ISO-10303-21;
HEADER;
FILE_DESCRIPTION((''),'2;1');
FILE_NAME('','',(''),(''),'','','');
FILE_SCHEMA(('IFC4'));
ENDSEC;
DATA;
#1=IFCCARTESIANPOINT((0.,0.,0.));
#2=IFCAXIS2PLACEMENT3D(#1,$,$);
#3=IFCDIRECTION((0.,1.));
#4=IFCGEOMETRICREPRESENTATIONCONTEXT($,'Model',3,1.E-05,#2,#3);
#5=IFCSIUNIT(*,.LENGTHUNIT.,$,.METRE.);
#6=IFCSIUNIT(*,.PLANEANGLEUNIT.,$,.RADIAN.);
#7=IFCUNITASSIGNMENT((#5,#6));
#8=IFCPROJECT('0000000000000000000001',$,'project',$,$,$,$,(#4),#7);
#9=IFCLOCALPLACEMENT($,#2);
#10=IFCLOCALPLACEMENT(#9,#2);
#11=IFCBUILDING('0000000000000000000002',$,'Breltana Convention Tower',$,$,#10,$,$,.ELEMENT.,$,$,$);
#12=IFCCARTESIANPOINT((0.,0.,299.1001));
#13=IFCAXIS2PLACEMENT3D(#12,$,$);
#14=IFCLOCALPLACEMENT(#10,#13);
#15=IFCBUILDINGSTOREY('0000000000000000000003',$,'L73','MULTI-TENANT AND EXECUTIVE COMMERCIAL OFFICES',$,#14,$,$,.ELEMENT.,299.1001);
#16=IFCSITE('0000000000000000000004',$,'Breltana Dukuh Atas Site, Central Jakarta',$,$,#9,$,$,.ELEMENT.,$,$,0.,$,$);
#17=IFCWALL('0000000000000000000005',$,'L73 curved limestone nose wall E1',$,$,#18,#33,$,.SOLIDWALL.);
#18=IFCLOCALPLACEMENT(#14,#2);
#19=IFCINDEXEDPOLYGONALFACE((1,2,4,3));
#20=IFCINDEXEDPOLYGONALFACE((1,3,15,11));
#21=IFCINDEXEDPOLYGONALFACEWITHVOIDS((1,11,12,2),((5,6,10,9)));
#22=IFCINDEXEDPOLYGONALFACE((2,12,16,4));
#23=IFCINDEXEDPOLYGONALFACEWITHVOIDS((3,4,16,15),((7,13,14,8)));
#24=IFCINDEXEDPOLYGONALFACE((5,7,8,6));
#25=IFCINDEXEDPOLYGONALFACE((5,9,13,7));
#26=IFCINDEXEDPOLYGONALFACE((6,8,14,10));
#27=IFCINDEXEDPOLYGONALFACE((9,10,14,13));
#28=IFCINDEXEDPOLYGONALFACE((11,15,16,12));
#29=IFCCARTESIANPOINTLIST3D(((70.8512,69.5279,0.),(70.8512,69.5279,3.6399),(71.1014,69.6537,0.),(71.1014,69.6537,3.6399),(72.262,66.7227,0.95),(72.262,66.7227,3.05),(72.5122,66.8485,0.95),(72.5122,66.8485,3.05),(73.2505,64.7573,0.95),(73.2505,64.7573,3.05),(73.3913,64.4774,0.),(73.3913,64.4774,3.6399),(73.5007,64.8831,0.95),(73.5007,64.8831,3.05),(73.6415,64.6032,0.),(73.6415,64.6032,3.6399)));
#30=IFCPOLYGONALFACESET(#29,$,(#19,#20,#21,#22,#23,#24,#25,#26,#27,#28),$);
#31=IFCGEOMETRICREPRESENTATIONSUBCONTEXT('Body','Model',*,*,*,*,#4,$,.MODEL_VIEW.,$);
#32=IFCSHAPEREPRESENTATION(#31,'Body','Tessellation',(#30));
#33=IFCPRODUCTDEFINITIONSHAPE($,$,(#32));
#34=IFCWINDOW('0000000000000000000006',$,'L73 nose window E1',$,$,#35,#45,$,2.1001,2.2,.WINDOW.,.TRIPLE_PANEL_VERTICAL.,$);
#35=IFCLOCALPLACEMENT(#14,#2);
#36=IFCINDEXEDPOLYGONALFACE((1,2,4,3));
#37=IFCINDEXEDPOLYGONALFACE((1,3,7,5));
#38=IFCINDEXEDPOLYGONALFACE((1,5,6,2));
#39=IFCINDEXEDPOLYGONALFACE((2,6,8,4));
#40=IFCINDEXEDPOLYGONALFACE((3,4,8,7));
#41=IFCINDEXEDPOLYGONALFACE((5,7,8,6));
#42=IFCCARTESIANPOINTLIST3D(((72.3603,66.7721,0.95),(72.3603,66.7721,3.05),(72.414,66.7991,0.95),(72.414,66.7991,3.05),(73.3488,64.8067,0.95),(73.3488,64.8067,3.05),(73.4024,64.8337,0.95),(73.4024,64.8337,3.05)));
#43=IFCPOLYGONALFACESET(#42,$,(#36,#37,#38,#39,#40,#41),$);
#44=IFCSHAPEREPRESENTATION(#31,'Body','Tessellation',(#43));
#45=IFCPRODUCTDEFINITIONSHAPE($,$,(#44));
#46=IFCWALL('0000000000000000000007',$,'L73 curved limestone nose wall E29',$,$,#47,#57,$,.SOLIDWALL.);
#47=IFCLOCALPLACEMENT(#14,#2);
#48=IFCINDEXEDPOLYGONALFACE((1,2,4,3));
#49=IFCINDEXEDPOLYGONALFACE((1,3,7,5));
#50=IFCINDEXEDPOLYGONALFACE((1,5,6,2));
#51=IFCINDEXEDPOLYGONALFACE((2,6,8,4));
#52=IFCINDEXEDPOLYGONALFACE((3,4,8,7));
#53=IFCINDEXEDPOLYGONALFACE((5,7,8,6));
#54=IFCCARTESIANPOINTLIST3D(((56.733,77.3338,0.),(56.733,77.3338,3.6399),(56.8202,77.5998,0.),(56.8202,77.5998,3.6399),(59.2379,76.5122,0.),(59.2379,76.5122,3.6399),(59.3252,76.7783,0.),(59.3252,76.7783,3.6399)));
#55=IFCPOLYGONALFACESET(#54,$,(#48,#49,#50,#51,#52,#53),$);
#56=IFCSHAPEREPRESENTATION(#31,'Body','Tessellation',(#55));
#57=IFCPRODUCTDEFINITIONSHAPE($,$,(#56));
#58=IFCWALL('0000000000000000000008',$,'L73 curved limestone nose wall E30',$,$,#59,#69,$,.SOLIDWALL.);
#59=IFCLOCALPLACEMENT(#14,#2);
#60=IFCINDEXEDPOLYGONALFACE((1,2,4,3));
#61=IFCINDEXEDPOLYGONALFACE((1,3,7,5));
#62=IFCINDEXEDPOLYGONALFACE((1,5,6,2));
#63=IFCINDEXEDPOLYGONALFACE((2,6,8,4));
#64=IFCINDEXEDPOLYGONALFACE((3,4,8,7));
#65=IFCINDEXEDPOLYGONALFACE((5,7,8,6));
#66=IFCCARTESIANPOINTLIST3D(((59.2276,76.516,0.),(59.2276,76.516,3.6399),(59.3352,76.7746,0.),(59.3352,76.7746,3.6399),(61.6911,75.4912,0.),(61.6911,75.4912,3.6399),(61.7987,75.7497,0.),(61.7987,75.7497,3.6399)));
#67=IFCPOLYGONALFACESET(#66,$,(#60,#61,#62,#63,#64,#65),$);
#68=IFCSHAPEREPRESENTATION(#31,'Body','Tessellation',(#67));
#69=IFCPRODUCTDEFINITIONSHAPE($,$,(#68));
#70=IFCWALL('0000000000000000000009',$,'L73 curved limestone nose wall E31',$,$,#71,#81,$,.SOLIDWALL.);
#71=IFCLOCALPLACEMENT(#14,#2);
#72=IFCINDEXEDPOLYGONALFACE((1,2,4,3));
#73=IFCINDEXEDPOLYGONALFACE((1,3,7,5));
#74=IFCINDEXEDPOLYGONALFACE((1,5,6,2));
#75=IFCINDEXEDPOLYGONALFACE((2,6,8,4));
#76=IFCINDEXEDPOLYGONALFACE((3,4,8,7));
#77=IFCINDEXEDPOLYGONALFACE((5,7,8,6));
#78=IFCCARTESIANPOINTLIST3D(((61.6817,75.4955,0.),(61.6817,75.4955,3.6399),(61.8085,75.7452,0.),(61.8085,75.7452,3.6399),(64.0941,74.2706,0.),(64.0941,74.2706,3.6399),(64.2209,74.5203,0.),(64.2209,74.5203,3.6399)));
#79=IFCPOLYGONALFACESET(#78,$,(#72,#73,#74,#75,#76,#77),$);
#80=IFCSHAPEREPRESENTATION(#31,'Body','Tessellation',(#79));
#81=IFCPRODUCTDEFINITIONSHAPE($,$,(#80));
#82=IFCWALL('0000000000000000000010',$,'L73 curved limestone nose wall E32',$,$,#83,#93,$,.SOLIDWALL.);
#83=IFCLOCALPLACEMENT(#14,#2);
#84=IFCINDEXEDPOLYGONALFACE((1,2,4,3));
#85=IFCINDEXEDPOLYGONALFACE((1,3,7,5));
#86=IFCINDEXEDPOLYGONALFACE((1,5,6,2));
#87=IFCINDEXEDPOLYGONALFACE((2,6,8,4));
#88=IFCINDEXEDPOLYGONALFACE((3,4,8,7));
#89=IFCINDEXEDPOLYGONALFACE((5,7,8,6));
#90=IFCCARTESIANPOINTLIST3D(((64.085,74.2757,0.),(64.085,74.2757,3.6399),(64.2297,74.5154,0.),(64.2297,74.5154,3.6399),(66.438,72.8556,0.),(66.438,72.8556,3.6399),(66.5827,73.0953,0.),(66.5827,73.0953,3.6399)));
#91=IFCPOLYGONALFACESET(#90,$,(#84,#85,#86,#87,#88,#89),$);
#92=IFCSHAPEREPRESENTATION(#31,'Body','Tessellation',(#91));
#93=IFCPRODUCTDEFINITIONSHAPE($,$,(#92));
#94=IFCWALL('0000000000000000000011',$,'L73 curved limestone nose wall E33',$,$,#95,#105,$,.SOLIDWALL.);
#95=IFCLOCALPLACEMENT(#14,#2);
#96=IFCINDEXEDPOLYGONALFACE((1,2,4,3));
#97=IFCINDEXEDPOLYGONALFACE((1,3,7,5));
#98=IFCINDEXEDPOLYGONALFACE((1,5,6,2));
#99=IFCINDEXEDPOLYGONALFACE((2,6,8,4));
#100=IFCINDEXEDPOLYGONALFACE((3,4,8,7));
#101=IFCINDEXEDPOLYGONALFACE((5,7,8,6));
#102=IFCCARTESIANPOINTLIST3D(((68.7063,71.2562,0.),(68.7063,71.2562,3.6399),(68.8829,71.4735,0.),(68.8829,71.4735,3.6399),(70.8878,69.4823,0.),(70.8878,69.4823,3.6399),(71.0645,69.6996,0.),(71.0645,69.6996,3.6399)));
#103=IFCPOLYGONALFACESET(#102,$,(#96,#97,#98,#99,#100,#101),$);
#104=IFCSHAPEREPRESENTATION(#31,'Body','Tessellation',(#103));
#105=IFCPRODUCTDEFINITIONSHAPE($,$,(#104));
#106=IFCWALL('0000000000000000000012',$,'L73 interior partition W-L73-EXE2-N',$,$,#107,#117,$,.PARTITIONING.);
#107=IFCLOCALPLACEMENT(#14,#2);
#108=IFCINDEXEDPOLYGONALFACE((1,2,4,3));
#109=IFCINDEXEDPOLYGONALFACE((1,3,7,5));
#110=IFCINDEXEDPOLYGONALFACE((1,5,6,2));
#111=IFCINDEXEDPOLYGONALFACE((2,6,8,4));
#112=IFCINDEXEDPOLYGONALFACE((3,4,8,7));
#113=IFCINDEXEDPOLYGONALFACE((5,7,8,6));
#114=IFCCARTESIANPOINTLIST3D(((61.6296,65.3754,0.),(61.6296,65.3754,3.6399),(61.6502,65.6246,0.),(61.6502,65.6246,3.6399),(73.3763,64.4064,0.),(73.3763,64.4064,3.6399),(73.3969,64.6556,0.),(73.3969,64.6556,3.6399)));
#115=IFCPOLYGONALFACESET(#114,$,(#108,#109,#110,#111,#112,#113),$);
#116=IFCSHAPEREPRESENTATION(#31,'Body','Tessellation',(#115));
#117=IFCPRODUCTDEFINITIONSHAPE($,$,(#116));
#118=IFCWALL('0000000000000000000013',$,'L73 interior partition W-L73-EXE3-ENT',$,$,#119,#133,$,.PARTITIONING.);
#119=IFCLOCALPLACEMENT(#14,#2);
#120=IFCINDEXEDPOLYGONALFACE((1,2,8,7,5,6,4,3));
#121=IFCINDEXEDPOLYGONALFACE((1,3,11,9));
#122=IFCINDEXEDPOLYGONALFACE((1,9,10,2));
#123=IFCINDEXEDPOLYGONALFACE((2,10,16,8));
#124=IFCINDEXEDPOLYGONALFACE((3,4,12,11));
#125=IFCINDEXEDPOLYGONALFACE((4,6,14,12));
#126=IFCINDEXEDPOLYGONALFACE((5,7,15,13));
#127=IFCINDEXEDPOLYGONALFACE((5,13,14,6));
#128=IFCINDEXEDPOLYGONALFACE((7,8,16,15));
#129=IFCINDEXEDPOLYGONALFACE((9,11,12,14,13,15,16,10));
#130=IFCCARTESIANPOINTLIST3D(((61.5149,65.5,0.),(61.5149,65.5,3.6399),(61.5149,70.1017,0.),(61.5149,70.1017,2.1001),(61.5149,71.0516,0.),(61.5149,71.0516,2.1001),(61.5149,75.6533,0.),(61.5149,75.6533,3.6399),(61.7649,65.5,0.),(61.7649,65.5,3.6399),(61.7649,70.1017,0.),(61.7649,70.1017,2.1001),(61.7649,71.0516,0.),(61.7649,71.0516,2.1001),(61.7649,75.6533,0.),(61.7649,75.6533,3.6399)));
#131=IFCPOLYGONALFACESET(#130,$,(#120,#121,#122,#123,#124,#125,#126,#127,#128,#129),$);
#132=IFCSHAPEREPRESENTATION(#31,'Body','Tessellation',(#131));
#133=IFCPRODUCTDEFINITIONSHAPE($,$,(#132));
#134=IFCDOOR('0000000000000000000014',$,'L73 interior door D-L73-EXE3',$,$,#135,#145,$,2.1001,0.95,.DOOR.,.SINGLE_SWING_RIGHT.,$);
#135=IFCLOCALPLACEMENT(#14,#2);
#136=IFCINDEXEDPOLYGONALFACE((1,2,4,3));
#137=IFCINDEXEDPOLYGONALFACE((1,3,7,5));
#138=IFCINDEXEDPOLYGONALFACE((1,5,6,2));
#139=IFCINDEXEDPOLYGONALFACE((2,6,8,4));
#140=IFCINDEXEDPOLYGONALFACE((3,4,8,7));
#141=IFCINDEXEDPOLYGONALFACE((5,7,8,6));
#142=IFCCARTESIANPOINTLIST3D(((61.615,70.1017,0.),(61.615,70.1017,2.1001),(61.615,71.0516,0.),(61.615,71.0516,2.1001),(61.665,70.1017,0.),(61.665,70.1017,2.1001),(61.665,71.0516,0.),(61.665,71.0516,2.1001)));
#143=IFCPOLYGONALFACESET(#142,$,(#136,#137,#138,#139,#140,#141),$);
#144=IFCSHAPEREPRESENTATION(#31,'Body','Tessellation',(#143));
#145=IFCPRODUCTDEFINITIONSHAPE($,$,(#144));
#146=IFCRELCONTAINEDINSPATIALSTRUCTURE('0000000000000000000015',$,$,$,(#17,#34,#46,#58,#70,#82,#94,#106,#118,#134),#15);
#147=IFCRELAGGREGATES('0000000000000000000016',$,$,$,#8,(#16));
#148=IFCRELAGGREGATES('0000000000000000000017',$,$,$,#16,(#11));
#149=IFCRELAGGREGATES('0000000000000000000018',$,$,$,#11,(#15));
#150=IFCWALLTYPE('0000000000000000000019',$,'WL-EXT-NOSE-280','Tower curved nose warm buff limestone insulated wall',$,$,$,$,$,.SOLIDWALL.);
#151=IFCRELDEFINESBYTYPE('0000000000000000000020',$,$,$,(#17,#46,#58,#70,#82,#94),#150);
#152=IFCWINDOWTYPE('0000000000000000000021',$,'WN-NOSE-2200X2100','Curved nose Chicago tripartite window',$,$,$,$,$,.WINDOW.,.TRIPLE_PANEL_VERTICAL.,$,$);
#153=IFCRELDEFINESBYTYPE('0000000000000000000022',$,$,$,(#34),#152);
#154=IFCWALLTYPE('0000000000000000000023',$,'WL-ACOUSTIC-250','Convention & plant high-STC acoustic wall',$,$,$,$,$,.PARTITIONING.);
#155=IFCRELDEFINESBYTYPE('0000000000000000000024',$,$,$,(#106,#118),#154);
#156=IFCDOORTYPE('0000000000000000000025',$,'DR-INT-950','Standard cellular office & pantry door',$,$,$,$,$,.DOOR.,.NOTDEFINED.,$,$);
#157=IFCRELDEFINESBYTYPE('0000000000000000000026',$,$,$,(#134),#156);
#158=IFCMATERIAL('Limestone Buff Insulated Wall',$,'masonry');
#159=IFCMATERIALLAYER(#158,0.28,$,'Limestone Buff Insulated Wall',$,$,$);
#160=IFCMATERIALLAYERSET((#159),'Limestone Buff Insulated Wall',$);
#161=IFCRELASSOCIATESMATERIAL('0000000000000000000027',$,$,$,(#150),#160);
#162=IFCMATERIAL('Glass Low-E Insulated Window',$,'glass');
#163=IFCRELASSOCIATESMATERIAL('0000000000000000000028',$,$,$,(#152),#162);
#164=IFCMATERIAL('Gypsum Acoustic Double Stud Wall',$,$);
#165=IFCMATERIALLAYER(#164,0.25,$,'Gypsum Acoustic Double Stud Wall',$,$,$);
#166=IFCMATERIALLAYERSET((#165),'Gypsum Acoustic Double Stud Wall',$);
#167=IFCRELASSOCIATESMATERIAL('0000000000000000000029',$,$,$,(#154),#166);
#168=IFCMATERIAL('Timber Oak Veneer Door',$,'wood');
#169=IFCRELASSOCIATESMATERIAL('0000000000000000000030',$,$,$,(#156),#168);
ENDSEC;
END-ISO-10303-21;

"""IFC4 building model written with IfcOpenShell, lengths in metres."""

from ifc_helpers import new_model, si_unit, direction, frame, frame_2d, origin, place, context, subcontext, project, spatial, rectangle, extrude, source, transform, mapped, material, layer, layer_set, type_object, type_shapes, element, fill, save


model = new_model("IFC4")

# Units and contexts
model_context = context("Model", 3, precision=1e-05, world=origin(), true_north=direction((0.0, 1.0)))
body_context = subcontext(model_context, "Body", "Model", "MODEL_VIEW")
ifc_project = project(units=[si_unit("LENGTHUNIT", "METRE"), si_unit("PLANEANGLEUNIT", "RADIAN")], contexts=[model_context])

# Site, building, storey
site_placement = place(None, origin())
site = spatial("IfcSite", under=ifc_project, at=site_placement, Name="Breltana Dukuh Atas Site, Central Jakarta", CompositionType="ELEMENT", RefElevation=0.0)
building_placement = place(site_placement, origin())
building = spatial("IfcBuilding", under=site, at=building_placement, Name="Breltana Convention Tower", CompositionType="ELEMENT")
storey_placement = place(building_placement, frame((0.0, 0.0, 299.1001)))
storey = spatial("IfcBuildingStorey", under=building, at=storey_placement, Name="L73", Description="MULTI-TENANT AND EXECUTIVE COMMERCIAL OFFICES", CompositionType="ELEMENT", Elevation=299.1001)

# Wall, opening, window
ifc_material_1 = material(Name="Limestone Buff Insulated Wall", Category="masonry")
ifc_layer_1 = layer(ifc_material_1, 0.28, Name="Limestone Buff Insulated Wall")
ifc_layer_set_1 = layer_set([ifc_layer_1], Name="Limestone Buff Insulated Wall")
wall_type_1 = type_object("IfcWallType", Name="WL-EXT-NOSE-280", Description="Tower curved nose warm buff limestone insulated wall", PredefinedType="SOLIDWALL", material=ifc_layer_set_1)
shared_shape_1 = source(origin(), body_context, "Body", "SweptSolid", [
    extrude(rectangle(XDim=5.6533, YDim=0.28, at=frame_2d((2.8267, 0.0))), origin(), (0.0, 0.0, 1.0), 3.6399),
])
wall_1_placement = place(storey_placement, frame((70.9763, 69.5908, 0.0), z_axis=(0.0, 0.0, 1.0), x_axis=(0.449303, -0.89338, 0.0)))
wall_1 = element("IfcWall", 1, at=wall_1_placement, inside=storey, type_object=wall_type_1, Name="L73 curved limestone nose wall E1", PredefinedType="SOLIDWALL", context=body_context, shape_type="MappedRepresentation", body=[
    mapped(shared_shape_1, transform((0.0, 0.0, 0.0), scale=1.0)),
])
opening_1_placement = place(wall_1_placement, frame((3.1399, 0.0, 0.95)))
opening_1 = element("IfcOpeningElement", 2, at=opening_1_placement, cuts=wall_1, PredefinedType="OPENING", context=body_context, shape_type="SweptSolid", body=[
    extrude(rectangle(XDim=2.2, YDim=2.1001, at=frame_2d((1.1001, 1.05))), frame((0.0, 0.1499, 0.0), z_axis=(0.0, -1.0, 0.0), x_axis=(1.0, 0.0, 0.0)), (0.0, 0.0, 1.0), 0.3),
])
ifc_material_2 = material(Name="Glass Low-E Insulated Window", Category="glass")
window_type = type_object("IfcWindowType", Name="WN-NOSE-2200X2100", Description="Curved nose Chicago tripartite window", PartitioningType="TRIPLE_PANEL_VERTICAL", PredefinedType="WINDOW", material=ifc_material_2)
shared_shape_2 = source(origin(), body_context, "Body", "SweptSolid", [
    extrude(rectangle(XDim=2.2, YDim=2.1001, at=frame_2d((1.1001, 1.05))), frame((0.0, 0.03, 0.0), z_axis=(0.0, -1.0, 0.0), x_axis=(1.0, 0.0, 0.0)), (0.0, 0.0, 1.0), 0.0601),
])
type_shapes(window_type, [shared_shape_2])
window_placement = place(opening_1_placement, origin())
window = element("IfcWindow", 3, at=window_placement, inside=storey, type_object=window_type, Name="L73 nose window E1", OverallHeight=2.1001, OverallWidth=2.2, PartitioningType="TRIPLE_PANEL_VERTICAL", PredefinedType="WINDOW", context=body_context, shape_type="MappedRepresentation", body=[
    mapped(shared_shape_2, transform((0.0, 0.0, 0.0), scale=1.0)),
])
fill(opening_1, window)

# Walls
shared_shape_3 = source(origin(), body_context, "Body", "SweptSolid", [
    extrude(rectangle(XDim=2.6362, YDim=0.28, at=frame_2d((1.3181, 0.0))), origin(), (0.0, 0.0, 1.0), 3.6399),
])
wall_2_placement = place(storey_placement, frame((56.7766, 77.4668, 0.0), z_axis=(0.0, 0.0, 1.0), x_axis=(0.9502, -0.31164, 0.0)))
element("IfcWall", 4, at=wall_2_placement, inside=storey, type_object=wall_type_1, Name="L73 curved limestone nose wall E29", PredefinedType="SOLIDWALL", context=body_context, shape_type="MappedRepresentation", body=[
    mapped(shared_shape_3, transform((0.0, 0.0, 0.0), scale=1.0)),
])
shared_shape_4 = source(origin(), body_context, "Body", "SweptSolid", [
    extrude(rectangle(XDim=2.6682, YDim=0.28, at=frame_2d((1.334, 0.0))), origin(), (0.0, 0.0, 1.0), 3.6399),
])
wall_3_placement = place(storey_placement, frame((59.2815, 76.6453, 0.0), z_axis=(0.0, 0.0, 1.0), x_axis=(0.923291, -0.384102, 0.0)))
element("IfcWall", 5, at=wall_3_placement, inside=storey, type_object=wall_type_1, Name="L73 curved limestone nose wall E30", PredefinedType="SOLIDWALL", context=body_context, shape_type="MappedRepresentation", body=[
    mapped(shared_shape_4, transform((0.0, 0.0, 0.0), scale=1.0)),
])
shared_shape_5 = source(origin(), body_context, "Body", "SweptSolid", [
    extrude(rectangle(XDim=2.7056, YDim=0.28, at=frame_2d((1.3528, 0.0))), origin(), (0.0, 0.0, 1.0), 3.6399),
])
wall_4_placement = place(storey_placement, frame((61.7451, 75.6204, 0.0), z_axis=(0.0, 0.0, 1.0), x_axis=(0.891649, -0.452728, 0.0)))
element("IfcWall", 6, at=wall_4_placement, inside=storey, type_object=wall_type_1, Name="L73 curved limestone nose wall E31", PredefinedType="SOLIDWALL", context=body_context, shape_type="MappedRepresentation", body=[
    mapped(shared_shape_5, transform((0.0, 0.0, 0.0), scale=1.0)),
])
shared_shape_6 = source(origin(), body_context, "Body", "SweptSolid", [
    extrude(rectangle(XDim=2.7483, YDim=0.28, at=frame_2d((1.374, 0.0))), origin(), (0.0, 0.0, 1.0), 3.6399),
])
wall_5_placement = place(storey_placement, frame((64.1575, 74.3955, 0.0), z_axis=(0.0, 0.0, 1.0), x_axis=(0.85615, -0.516728, 0.0)))
element("IfcWall", 7, at=wall_5_placement, inside=storey, type_object=wall_type_1, Name="L73 curved limestone nose wall E32", PredefinedType="SOLIDWALL", context=body_context, shape_type="MappedRepresentation", body=[
    mapped(shared_shape_6, transform((0.0, 0.0, 0.0), scale=1.0)),
])
shared_shape_7 = source(origin(), body_context, "Body", "SweptSolid", [
    extrude(rectangle(XDim=2.8118, YDim=0.28, at=frame_2d((1.4058, 0.0))), origin(), (0.0, 0.0, 1.0), 3.6399),
])
wall_6_placement = place(storey_placement, frame((68.7947, 71.3647, 0.0), z_axis=(0.0, 0.0, 1.0), x_axis=(0.77588, -0.63088, 0.0)))
element("IfcWall", 8, at=wall_6_placement, inside=storey, type_object=wall_type_1, Name="L73 curved limestone nose wall E33", PredefinedType="SOLIDWALL", context=body_context, shape_type="MappedRepresentation", body=[
    mapped(shared_shape_7, transform((0.0, 0.0, 0.0), scale=1.0)),
])
ifc_material_3 = material(Name="Gypsum Acoustic Double Stud Wall")
ifc_layer_2 = layer(ifc_material_3, 0.25, Name="Gypsum Acoustic Double Stud Wall")
ifc_layer_set_2 = layer_set([ifc_layer_2], Name="Gypsum Acoustic Double Stud Wall")
wall_type_2 = type_object("IfcWallType", Name="WL-ACOUSTIC-250", Description="Convention & plant high-STC acoustic wall", PredefinedType="PARTITIONING", material=ifc_layer_set_2)
shared_shape_8 = source(origin(), body_context, "Body", "SweptSolid", [
    extrude(rectangle(XDim=11.7866, YDim=0.25, at=frame_2d((5.8933, 0.0))), origin(), (0.0, 0.0, 1.0), 3.6399),
])
wall_7_placement = place(storey_placement, frame((61.6399, 65.5, 0.0), z_axis=(0.0, 0.0, 1.0), x_axis=(0.996615, -0.082211, 0.0)))
element("IfcWall", 9, at=wall_7_placement, inside=storey, type_object=wall_type_2, Name="L73 interior partition W-L73-EXE2-N", PredefinedType="PARTITIONING", context=body_context, shape_type="MappedRepresentation", body=[
    mapped(shared_shape_8, transform((0.0, 0.0, 0.0), scale=1.0)),
])

# Wall, opening, door
shared_shape_9 = source(origin(), body_context, "Body", "SweptSolid", [
    extrude(rectangle(XDim=10.1533, YDim=0.25, at=frame_2d((5.0767, 0.0))), origin(), (0.0, 0.0, 1.0), 3.6399),
])
wall_8_placement = place(storey_placement, frame((61.6399, 65.5, 0.0), z_axis=(0.0, 0.0, 1.0), x_axis=(0.0, 1.0, 0.0)))
wall_8 = element("IfcWall", 10, at=wall_8_placement, inside=storey, type_object=wall_type_2, Name="L73 interior partition W-L73-EXE3-ENT", PredefinedType="PARTITIONING", context=body_context, shape_type="MappedRepresentation", body=[
    mapped(shared_shape_9, transform((0.0, 0.0, 0.0), scale=1.0)),
])
opening_2_placement = place(wall_8_placement, frame((4.6016, 0.0, 0.0)))
opening_2 = element("IfcOpeningElement", 11, at=opening_2_placement, cuts=wall_8, PredefinedType="OPENING", context=body_context, shape_type="SweptSolid", body=[
    extrude(rectangle(XDim=0.95, YDim=2.1001, at=frame_2d((0.4751, 1.05))), frame((0.0, 0.135, 0.0), z_axis=(0.0, -1.0, 0.0), x_axis=(1.0, 0.0, 0.0)), (0.0, 0.0, 1.0), 0.27),
])
ifc_material_4 = material(Name="Timber Oak Veneer Door", Category="wood")
door_type = type_object("IfcDoorType", Name="DR-INT-950", Description="Standard cellular office & pantry door", OperationType="NOTDEFINED", PredefinedType="DOOR", material=ifc_material_4)
shared_shape_10 = source(origin(), body_context, "Body", "SweptSolid", [
    extrude(rectangle(XDim=0.95, YDim=2.1001, at=frame_2d((0.4751, 1.05))), frame((0.0, 0.0249, 0.0), z_axis=(0.0, -1.0, 0.0), x_axis=(1.0, 0.0, 0.0)), (0.0, 0.0, 1.0), 0.05),
])
type_shapes(door_type, [shared_shape_10])
door_placement = place(opening_2_placement, origin())
door = element("IfcDoor", 12, at=door_placement, inside=storey, type_object=door_type, Name="L73 interior door D-L73-EXE3", OperationType="SINGLE_SWING_RIGHT", OverallHeight=2.1001, OverallWidth=0.95, PredefinedType="DOOR", context=body_context, shape_type="MappedRepresentation", body=[
    mapped(shared_shape_10, transform((0.0, 0.0, 0.0), scale=1.0)),
])
fill(opening_2, door)

save(model, "model.ifc")
